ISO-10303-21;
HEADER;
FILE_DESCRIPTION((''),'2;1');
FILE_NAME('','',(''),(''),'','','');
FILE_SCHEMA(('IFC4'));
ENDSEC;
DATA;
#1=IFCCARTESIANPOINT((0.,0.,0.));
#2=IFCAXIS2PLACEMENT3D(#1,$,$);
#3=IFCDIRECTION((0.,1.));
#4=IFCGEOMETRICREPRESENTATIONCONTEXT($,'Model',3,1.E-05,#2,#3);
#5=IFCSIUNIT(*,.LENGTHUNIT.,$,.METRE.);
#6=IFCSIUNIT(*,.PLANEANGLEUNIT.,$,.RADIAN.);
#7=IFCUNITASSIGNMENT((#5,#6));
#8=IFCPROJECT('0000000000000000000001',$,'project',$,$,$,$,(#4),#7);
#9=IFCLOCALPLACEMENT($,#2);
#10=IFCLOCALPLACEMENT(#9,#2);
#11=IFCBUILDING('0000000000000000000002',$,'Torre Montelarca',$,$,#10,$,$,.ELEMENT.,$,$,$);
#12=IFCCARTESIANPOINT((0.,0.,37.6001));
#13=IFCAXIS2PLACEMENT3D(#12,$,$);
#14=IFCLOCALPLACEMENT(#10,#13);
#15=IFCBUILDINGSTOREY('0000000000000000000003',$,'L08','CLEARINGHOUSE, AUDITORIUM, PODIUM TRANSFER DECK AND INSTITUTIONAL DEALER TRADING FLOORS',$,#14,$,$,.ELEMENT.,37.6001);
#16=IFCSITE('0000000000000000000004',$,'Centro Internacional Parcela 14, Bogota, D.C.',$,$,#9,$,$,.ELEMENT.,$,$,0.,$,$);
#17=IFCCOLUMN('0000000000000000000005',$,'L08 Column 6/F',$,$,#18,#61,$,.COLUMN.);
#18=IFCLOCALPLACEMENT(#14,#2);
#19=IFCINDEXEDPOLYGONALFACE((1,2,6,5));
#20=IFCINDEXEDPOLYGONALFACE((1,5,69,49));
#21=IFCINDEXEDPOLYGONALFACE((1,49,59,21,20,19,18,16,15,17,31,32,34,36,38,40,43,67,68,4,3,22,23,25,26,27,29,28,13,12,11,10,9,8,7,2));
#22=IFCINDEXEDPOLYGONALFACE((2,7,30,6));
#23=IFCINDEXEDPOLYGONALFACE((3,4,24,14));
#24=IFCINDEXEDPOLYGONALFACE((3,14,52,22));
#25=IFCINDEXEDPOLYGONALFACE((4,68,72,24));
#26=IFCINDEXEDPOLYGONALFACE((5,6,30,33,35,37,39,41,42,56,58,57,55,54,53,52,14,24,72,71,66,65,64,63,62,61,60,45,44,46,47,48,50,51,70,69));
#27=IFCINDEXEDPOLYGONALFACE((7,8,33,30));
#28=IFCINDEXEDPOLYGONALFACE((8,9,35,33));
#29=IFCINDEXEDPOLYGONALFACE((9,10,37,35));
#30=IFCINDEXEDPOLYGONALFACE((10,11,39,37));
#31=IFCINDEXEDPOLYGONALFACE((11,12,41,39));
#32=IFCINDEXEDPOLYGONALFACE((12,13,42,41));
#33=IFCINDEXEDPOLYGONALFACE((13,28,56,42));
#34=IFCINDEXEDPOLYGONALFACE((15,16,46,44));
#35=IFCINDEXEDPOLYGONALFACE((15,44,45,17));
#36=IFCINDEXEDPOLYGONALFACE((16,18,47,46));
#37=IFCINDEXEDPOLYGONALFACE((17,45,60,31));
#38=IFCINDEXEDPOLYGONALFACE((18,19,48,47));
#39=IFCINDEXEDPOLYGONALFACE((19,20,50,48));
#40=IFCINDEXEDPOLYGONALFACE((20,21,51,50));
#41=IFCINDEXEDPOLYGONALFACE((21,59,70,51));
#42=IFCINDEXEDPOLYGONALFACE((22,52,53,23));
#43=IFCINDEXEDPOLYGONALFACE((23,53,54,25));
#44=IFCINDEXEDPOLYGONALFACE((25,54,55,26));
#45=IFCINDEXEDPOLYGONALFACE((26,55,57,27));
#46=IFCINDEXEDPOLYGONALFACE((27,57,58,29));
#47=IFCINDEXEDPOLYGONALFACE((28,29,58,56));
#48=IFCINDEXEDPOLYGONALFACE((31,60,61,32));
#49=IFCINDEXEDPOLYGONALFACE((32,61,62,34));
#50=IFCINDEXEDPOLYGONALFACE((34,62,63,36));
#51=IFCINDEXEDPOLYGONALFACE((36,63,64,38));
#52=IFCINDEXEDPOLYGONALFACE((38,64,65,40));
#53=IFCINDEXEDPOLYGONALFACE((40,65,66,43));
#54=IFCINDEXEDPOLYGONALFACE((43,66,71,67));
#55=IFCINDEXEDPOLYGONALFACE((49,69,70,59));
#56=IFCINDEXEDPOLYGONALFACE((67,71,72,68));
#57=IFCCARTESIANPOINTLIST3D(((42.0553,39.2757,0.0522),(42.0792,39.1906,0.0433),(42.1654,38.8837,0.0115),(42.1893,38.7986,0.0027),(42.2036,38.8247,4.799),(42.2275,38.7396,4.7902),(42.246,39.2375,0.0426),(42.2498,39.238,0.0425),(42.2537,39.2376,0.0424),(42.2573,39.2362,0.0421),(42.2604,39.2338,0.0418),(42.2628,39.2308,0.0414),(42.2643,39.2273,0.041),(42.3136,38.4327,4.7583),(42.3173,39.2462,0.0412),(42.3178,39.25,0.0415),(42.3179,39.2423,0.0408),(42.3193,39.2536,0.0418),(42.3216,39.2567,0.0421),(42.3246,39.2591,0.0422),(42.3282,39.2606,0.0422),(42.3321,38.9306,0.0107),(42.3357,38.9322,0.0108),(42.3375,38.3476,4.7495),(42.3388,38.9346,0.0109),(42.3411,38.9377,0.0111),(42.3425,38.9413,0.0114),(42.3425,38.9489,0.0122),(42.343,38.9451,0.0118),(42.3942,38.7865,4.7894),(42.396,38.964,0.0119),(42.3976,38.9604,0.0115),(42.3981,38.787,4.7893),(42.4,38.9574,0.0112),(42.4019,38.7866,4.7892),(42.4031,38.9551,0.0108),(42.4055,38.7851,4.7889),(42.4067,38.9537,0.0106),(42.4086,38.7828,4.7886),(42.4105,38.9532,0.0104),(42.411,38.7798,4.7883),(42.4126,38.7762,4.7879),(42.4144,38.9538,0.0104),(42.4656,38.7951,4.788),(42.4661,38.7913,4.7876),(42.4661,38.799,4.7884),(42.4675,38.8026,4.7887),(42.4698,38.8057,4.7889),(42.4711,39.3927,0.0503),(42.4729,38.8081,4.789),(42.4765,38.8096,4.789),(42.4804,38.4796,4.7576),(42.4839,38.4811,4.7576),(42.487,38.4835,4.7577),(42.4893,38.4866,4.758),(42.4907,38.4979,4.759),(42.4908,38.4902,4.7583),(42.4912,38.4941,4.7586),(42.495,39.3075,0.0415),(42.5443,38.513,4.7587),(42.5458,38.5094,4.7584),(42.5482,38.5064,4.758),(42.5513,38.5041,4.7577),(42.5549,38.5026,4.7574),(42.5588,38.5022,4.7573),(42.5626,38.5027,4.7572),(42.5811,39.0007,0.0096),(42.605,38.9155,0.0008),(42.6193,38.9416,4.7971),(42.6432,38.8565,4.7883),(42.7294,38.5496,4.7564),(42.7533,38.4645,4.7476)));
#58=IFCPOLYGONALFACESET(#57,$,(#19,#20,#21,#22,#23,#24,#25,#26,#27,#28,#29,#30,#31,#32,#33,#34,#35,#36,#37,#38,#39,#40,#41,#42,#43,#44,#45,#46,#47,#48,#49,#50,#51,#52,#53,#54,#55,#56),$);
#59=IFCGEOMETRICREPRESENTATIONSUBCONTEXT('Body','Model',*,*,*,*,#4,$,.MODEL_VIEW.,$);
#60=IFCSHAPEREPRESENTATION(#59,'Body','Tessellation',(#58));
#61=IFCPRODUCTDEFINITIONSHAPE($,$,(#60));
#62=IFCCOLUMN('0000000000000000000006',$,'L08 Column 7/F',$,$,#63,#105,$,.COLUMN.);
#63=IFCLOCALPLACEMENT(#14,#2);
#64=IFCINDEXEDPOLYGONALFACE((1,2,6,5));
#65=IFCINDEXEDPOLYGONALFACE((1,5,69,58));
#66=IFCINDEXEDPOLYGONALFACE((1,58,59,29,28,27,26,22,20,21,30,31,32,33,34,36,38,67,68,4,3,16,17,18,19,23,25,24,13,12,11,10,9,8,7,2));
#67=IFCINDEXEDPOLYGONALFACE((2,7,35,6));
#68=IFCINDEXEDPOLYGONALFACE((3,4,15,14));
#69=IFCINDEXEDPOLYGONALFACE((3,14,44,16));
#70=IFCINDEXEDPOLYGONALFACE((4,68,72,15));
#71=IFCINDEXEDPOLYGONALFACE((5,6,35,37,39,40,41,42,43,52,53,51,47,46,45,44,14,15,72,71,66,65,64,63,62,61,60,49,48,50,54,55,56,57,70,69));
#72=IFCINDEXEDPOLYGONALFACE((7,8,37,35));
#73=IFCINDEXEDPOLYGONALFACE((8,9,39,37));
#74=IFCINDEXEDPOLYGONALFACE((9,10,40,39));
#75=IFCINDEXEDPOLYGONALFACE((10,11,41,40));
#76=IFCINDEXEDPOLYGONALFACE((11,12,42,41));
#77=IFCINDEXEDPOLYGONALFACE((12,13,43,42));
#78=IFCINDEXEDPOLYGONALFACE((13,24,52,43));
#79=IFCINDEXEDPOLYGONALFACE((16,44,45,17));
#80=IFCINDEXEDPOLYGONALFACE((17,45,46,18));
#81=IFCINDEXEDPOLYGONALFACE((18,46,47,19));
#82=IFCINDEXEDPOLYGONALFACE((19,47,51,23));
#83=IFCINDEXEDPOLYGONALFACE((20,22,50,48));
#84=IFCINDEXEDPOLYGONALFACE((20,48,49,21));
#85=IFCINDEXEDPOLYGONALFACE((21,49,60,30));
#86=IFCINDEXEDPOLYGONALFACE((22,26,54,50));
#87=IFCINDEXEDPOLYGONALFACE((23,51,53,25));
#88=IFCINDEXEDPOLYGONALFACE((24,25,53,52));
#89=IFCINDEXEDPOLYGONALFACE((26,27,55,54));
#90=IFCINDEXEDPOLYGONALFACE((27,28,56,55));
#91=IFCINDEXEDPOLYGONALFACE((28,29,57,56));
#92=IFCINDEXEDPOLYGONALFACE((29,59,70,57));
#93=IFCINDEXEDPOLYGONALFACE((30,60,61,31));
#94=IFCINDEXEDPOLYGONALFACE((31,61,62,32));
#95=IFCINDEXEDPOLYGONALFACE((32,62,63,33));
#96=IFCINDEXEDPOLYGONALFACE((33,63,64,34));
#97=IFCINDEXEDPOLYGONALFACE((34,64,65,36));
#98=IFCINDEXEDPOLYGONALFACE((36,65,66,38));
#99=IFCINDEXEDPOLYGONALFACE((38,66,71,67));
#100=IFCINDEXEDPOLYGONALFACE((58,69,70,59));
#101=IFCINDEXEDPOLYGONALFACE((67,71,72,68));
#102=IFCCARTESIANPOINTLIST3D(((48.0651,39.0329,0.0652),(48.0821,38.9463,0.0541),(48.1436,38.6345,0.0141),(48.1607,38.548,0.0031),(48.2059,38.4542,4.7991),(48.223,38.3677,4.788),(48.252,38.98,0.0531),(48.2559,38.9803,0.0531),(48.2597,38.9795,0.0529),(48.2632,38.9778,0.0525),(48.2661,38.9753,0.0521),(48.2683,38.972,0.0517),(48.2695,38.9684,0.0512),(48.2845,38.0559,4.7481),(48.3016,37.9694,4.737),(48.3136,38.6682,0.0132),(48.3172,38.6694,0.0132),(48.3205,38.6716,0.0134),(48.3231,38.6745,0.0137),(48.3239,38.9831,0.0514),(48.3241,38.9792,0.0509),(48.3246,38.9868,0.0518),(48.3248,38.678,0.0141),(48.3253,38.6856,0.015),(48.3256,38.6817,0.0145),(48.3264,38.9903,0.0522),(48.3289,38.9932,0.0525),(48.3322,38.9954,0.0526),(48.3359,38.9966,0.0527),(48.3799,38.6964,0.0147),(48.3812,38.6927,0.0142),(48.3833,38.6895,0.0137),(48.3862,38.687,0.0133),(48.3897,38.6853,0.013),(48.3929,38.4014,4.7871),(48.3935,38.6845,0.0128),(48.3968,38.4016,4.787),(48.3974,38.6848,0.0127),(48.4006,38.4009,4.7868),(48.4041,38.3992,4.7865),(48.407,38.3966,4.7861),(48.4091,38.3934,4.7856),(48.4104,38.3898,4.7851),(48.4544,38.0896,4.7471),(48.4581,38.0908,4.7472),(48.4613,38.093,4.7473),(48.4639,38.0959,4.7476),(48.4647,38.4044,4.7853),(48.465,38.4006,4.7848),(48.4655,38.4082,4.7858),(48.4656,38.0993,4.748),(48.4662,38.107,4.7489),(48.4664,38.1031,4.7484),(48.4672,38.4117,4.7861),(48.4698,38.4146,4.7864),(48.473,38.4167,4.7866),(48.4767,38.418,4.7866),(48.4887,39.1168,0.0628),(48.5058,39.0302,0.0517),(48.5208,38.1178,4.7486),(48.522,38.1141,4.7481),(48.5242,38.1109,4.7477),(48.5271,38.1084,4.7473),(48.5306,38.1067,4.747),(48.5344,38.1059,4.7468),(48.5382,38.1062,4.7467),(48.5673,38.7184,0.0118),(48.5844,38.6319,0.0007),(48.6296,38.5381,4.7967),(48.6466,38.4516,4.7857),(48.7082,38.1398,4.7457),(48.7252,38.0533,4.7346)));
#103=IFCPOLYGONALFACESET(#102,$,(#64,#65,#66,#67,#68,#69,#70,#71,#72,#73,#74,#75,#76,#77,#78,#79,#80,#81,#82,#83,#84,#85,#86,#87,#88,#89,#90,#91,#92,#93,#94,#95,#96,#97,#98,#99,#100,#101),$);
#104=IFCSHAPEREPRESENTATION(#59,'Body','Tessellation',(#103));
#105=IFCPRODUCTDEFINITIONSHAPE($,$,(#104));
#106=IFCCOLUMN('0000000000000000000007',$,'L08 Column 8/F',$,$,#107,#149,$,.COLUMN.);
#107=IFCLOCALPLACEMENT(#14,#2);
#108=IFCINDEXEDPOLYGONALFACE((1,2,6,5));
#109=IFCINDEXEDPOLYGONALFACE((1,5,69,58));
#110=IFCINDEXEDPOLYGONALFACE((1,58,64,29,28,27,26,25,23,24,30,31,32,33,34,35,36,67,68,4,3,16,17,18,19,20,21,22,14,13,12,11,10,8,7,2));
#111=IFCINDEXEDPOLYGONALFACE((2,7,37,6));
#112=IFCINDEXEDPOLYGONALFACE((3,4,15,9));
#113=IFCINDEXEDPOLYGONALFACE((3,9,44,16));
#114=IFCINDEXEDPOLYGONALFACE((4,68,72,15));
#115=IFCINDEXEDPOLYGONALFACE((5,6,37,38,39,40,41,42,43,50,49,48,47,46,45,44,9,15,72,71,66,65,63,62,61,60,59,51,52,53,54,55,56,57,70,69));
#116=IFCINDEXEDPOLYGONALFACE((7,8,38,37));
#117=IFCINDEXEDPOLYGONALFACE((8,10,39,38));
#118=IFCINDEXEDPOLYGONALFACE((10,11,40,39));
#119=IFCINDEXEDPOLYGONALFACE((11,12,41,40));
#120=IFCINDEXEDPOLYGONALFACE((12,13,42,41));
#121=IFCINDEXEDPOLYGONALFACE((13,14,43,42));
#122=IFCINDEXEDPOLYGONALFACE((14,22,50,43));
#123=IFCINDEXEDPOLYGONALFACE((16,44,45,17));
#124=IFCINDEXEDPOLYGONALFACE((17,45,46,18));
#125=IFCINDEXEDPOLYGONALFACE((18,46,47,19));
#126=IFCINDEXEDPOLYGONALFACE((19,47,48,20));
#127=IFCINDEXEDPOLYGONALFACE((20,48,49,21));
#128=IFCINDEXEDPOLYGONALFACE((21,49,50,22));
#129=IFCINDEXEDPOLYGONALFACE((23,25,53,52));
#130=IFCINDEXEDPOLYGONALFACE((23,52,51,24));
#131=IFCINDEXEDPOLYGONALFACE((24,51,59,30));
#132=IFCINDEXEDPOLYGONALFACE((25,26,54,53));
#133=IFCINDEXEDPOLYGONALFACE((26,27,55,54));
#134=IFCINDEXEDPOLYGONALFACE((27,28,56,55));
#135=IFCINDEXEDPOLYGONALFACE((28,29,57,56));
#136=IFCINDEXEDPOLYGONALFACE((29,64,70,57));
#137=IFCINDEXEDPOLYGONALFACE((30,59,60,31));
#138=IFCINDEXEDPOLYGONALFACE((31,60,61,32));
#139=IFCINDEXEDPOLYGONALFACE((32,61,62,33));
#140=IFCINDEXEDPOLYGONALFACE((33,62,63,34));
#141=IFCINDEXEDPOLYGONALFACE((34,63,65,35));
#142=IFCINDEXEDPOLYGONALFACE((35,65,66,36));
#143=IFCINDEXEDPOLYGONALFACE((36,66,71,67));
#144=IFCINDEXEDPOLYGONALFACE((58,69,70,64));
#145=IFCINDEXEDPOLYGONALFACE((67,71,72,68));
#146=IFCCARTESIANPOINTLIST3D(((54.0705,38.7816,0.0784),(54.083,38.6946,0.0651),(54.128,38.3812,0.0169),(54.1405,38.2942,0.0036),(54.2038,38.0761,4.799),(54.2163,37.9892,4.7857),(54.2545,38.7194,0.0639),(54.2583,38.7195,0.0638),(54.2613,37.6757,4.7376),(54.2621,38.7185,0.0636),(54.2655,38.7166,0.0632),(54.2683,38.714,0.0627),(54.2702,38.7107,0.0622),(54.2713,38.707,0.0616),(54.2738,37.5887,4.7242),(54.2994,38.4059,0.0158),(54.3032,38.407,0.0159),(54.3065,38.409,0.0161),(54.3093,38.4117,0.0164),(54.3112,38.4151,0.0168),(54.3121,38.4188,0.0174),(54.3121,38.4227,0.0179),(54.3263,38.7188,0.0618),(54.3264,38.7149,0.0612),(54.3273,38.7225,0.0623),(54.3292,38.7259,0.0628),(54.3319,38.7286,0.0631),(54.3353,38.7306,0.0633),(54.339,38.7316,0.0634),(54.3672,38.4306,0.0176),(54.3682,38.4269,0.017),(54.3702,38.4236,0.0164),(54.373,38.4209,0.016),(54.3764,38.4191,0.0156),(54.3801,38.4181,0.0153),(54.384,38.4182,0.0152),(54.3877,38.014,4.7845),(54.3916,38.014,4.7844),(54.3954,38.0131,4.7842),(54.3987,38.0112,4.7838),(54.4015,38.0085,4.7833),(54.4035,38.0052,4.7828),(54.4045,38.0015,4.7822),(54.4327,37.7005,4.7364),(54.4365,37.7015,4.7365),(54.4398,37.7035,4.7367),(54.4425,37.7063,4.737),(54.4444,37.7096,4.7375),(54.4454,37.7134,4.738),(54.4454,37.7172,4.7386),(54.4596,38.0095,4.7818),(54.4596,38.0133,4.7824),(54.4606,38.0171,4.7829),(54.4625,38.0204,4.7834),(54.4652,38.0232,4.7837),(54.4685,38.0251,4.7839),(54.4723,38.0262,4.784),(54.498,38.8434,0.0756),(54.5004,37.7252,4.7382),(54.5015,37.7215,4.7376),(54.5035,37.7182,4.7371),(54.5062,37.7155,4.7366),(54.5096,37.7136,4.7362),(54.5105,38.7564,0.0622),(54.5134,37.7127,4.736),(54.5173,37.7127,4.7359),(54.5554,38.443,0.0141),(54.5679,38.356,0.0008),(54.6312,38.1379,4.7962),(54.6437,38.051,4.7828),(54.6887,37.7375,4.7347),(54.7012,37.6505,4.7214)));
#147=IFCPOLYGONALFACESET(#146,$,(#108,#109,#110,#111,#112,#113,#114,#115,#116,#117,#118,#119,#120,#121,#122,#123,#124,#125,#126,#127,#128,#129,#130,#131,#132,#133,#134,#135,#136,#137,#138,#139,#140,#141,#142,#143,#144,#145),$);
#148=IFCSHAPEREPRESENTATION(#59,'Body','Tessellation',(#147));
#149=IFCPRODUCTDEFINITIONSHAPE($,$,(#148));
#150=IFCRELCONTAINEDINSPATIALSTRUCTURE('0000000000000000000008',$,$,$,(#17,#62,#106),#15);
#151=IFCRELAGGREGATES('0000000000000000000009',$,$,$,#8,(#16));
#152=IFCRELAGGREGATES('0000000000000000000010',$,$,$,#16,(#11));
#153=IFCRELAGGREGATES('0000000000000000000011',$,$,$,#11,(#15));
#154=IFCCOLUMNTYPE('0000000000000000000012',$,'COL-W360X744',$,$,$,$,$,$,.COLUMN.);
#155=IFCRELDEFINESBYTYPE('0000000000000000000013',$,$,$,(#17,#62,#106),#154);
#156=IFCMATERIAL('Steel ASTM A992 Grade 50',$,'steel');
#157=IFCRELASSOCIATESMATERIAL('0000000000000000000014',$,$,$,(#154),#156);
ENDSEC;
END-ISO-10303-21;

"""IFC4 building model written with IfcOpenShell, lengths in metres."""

from ifc_helpers import new_model, si_unit, direction, frame, origin, origin_2d, place, context, subcontext, project, spatial, i_section, extrude, clip, halfspace, material, material_profile, profile_set, type_object, element, save


model = new_model("IFC4")

# Units and contexts
model_context = context("Model", 3, precision=1e-05, world=origin(), true_north=direction((0.0, 1.0)))
body_context = subcontext(model_context, "Body", "Model", "MODEL_VIEW")
ifc_project = project(units=[si_unit("LENGTHUNIT", "METRE"), si_unit("PLANEANGLEUNIT", "RADIAN")], contexts=[model_context])

# Site, building, storey
site_placement = place(None, origin())
site = spatial("IfcSite", under=ifc_project, at=site_placement, Name="Centro Internacional Parcela 14, Bogota, D.C.", CompositionType="ELEMENT", RefElevation=0.0)
building_placement = place(site_placement, origin())
building = spatial("IfcBuilding", under=site, at=building_placement, Name="Torre Montelarca", CompositionType="ELEMENT")
storey_placement = place(building_placement, frame((0.0, 0.0, 37.6001)))
storey = spatial("IfcBuildingStorey", under=building, at=storey_placement, Name="L08", Description="CLEARINGHOUSE, AUDITORIUM, PODIUM TRANSFER DECK AND INSTITUTIONAL DEALER TRADING FLOORS", CompositionType="ELEMENT", Elevation=37.6001)

# Columns
ifc_material_1 = material(Name="Steel ASTM A992 Grade 50", Category="steel")
ifc_material_profile_1 = material_profile(ifc_material_1, i_section(OverallWidth=0.4319, OverallDepth=0.498, WebThickness=0.0557, FlangeThickness=0.0889, FilletRadius=0.0149, at=origin_2d()), Name="W360X744", Category="steel")
ifc_profile_set_1 = profile_set([ifc_material_profile_1], Name="Steel ASTM A992 Grade 50")
column_type_1 = type_object("IfcColumnType", Name="COL-W360X744", PredefinedType="COLUMN", material=ifc_profile_set_1)
column_1_placement = place(storey_placement, frame((42.3293, 39.0981, 0.0), z_axis=(0.031076, -0.094544, 0.995036), x_axis=(-0.962646, -0.270728, 0.004341)))
element("IfcColumn", 1, at=column_1_placement, inside=storey, type_object=column_type_1, Name="L08 Column 6/F", PredefinedType="COLUMN", context=body_context, shape_type="Clipping", body=[
    clip(clip(extrude(i_section(OverallWidth=0.4319, OverallDepth=0.498, WebThickness=0.0557, FlangeThickness=0.0889, FilletRadius=0.0149, at=origin_2d()), origin(), (0.0, 0.0, 1.0), 4.8237), halfspace(frame((0.0, 0.0, 0.0266), z_axis=(0.0, 0.0, -1.0), x_axis=(1.0, 0.0, 0.0)), False)), halfspace(frame((0.0, 0.0, 4.7971), z_axis=(0.0, 0.0, 1.0), x_axis=(1.0, 0.0, 0.0)), False)),
])
column_2_placement = place(storey_placement, frame((48.3237, 38.8364, 0.0), z_axis=(0.029523, -0.121272, 0.99218), x_axis=(-0.980935, -0.194262, 0.005444)))
element("IfcColumn", 2, at=column_2_placement, inside=storey, type_object=column_type_1, Name="L08 Column 7/F", PredefinedType="COLUMN", context=body_context, shape_type="Clipping", body=[
    clip(clip(extrude(i_section(OverallWidth=0.4319, OverallDepth=0.498, WebThickness=0.0557, FlangeThickness=0.0889, FilletRadius=0.0149, at=origin_2d()), origin(), (0.0, 0.0, 1.0), 4.8376), halfspace(frame((0.0, 0.0, 0.0332), z_axis=(0.0, 0.0, -1.0), x_axis=(1.0, 0.0, 0.0)), False)), halfspace(frame((0.0, 0.0, 4.8044), z_axis=(0.0, 0.0, 1.0), x_axis=(1.0, 0.0, 0.0)), False)),
])
column_3_placement = place(storey_placement, frame((54.3181, 38.5747, 0.0), z_axis=(0.027909, -0.147742, 0.988632), x_axis=(-0.989691, -0.14307, 0.006558)))
element("IfcColumn", 3, at=column_3_placement, inside=storey, type_object=column_type_1, Name="L08 Column 8/F", PredefinedType="COLUMN", context=body_context, shape_type="Clipping", body=[
    clip(clip(extrude(i_section(OverallWidth=0.4319, OverallDepth=0.498, WebThickness=0.0557, FlangeThickness=0.0889, FilletRadius=0.0149, at=origin_2d()), origin(), (0.0, 0.0, 1.0), 4.855), halfspace(frame((0.0, 0.0, 0.04), z_axis=(0.0, 0.0, -1.0), x_axis=(1.0, 0.0, 0.0)), False)), halfspace(frame((0.0, 0.0, 4.8149), z_axis=(0.0, 0.0, 1.0), x_axis=(1.0, 0.0, 0.0)), False)),
])

save(model, "model.ifc")
